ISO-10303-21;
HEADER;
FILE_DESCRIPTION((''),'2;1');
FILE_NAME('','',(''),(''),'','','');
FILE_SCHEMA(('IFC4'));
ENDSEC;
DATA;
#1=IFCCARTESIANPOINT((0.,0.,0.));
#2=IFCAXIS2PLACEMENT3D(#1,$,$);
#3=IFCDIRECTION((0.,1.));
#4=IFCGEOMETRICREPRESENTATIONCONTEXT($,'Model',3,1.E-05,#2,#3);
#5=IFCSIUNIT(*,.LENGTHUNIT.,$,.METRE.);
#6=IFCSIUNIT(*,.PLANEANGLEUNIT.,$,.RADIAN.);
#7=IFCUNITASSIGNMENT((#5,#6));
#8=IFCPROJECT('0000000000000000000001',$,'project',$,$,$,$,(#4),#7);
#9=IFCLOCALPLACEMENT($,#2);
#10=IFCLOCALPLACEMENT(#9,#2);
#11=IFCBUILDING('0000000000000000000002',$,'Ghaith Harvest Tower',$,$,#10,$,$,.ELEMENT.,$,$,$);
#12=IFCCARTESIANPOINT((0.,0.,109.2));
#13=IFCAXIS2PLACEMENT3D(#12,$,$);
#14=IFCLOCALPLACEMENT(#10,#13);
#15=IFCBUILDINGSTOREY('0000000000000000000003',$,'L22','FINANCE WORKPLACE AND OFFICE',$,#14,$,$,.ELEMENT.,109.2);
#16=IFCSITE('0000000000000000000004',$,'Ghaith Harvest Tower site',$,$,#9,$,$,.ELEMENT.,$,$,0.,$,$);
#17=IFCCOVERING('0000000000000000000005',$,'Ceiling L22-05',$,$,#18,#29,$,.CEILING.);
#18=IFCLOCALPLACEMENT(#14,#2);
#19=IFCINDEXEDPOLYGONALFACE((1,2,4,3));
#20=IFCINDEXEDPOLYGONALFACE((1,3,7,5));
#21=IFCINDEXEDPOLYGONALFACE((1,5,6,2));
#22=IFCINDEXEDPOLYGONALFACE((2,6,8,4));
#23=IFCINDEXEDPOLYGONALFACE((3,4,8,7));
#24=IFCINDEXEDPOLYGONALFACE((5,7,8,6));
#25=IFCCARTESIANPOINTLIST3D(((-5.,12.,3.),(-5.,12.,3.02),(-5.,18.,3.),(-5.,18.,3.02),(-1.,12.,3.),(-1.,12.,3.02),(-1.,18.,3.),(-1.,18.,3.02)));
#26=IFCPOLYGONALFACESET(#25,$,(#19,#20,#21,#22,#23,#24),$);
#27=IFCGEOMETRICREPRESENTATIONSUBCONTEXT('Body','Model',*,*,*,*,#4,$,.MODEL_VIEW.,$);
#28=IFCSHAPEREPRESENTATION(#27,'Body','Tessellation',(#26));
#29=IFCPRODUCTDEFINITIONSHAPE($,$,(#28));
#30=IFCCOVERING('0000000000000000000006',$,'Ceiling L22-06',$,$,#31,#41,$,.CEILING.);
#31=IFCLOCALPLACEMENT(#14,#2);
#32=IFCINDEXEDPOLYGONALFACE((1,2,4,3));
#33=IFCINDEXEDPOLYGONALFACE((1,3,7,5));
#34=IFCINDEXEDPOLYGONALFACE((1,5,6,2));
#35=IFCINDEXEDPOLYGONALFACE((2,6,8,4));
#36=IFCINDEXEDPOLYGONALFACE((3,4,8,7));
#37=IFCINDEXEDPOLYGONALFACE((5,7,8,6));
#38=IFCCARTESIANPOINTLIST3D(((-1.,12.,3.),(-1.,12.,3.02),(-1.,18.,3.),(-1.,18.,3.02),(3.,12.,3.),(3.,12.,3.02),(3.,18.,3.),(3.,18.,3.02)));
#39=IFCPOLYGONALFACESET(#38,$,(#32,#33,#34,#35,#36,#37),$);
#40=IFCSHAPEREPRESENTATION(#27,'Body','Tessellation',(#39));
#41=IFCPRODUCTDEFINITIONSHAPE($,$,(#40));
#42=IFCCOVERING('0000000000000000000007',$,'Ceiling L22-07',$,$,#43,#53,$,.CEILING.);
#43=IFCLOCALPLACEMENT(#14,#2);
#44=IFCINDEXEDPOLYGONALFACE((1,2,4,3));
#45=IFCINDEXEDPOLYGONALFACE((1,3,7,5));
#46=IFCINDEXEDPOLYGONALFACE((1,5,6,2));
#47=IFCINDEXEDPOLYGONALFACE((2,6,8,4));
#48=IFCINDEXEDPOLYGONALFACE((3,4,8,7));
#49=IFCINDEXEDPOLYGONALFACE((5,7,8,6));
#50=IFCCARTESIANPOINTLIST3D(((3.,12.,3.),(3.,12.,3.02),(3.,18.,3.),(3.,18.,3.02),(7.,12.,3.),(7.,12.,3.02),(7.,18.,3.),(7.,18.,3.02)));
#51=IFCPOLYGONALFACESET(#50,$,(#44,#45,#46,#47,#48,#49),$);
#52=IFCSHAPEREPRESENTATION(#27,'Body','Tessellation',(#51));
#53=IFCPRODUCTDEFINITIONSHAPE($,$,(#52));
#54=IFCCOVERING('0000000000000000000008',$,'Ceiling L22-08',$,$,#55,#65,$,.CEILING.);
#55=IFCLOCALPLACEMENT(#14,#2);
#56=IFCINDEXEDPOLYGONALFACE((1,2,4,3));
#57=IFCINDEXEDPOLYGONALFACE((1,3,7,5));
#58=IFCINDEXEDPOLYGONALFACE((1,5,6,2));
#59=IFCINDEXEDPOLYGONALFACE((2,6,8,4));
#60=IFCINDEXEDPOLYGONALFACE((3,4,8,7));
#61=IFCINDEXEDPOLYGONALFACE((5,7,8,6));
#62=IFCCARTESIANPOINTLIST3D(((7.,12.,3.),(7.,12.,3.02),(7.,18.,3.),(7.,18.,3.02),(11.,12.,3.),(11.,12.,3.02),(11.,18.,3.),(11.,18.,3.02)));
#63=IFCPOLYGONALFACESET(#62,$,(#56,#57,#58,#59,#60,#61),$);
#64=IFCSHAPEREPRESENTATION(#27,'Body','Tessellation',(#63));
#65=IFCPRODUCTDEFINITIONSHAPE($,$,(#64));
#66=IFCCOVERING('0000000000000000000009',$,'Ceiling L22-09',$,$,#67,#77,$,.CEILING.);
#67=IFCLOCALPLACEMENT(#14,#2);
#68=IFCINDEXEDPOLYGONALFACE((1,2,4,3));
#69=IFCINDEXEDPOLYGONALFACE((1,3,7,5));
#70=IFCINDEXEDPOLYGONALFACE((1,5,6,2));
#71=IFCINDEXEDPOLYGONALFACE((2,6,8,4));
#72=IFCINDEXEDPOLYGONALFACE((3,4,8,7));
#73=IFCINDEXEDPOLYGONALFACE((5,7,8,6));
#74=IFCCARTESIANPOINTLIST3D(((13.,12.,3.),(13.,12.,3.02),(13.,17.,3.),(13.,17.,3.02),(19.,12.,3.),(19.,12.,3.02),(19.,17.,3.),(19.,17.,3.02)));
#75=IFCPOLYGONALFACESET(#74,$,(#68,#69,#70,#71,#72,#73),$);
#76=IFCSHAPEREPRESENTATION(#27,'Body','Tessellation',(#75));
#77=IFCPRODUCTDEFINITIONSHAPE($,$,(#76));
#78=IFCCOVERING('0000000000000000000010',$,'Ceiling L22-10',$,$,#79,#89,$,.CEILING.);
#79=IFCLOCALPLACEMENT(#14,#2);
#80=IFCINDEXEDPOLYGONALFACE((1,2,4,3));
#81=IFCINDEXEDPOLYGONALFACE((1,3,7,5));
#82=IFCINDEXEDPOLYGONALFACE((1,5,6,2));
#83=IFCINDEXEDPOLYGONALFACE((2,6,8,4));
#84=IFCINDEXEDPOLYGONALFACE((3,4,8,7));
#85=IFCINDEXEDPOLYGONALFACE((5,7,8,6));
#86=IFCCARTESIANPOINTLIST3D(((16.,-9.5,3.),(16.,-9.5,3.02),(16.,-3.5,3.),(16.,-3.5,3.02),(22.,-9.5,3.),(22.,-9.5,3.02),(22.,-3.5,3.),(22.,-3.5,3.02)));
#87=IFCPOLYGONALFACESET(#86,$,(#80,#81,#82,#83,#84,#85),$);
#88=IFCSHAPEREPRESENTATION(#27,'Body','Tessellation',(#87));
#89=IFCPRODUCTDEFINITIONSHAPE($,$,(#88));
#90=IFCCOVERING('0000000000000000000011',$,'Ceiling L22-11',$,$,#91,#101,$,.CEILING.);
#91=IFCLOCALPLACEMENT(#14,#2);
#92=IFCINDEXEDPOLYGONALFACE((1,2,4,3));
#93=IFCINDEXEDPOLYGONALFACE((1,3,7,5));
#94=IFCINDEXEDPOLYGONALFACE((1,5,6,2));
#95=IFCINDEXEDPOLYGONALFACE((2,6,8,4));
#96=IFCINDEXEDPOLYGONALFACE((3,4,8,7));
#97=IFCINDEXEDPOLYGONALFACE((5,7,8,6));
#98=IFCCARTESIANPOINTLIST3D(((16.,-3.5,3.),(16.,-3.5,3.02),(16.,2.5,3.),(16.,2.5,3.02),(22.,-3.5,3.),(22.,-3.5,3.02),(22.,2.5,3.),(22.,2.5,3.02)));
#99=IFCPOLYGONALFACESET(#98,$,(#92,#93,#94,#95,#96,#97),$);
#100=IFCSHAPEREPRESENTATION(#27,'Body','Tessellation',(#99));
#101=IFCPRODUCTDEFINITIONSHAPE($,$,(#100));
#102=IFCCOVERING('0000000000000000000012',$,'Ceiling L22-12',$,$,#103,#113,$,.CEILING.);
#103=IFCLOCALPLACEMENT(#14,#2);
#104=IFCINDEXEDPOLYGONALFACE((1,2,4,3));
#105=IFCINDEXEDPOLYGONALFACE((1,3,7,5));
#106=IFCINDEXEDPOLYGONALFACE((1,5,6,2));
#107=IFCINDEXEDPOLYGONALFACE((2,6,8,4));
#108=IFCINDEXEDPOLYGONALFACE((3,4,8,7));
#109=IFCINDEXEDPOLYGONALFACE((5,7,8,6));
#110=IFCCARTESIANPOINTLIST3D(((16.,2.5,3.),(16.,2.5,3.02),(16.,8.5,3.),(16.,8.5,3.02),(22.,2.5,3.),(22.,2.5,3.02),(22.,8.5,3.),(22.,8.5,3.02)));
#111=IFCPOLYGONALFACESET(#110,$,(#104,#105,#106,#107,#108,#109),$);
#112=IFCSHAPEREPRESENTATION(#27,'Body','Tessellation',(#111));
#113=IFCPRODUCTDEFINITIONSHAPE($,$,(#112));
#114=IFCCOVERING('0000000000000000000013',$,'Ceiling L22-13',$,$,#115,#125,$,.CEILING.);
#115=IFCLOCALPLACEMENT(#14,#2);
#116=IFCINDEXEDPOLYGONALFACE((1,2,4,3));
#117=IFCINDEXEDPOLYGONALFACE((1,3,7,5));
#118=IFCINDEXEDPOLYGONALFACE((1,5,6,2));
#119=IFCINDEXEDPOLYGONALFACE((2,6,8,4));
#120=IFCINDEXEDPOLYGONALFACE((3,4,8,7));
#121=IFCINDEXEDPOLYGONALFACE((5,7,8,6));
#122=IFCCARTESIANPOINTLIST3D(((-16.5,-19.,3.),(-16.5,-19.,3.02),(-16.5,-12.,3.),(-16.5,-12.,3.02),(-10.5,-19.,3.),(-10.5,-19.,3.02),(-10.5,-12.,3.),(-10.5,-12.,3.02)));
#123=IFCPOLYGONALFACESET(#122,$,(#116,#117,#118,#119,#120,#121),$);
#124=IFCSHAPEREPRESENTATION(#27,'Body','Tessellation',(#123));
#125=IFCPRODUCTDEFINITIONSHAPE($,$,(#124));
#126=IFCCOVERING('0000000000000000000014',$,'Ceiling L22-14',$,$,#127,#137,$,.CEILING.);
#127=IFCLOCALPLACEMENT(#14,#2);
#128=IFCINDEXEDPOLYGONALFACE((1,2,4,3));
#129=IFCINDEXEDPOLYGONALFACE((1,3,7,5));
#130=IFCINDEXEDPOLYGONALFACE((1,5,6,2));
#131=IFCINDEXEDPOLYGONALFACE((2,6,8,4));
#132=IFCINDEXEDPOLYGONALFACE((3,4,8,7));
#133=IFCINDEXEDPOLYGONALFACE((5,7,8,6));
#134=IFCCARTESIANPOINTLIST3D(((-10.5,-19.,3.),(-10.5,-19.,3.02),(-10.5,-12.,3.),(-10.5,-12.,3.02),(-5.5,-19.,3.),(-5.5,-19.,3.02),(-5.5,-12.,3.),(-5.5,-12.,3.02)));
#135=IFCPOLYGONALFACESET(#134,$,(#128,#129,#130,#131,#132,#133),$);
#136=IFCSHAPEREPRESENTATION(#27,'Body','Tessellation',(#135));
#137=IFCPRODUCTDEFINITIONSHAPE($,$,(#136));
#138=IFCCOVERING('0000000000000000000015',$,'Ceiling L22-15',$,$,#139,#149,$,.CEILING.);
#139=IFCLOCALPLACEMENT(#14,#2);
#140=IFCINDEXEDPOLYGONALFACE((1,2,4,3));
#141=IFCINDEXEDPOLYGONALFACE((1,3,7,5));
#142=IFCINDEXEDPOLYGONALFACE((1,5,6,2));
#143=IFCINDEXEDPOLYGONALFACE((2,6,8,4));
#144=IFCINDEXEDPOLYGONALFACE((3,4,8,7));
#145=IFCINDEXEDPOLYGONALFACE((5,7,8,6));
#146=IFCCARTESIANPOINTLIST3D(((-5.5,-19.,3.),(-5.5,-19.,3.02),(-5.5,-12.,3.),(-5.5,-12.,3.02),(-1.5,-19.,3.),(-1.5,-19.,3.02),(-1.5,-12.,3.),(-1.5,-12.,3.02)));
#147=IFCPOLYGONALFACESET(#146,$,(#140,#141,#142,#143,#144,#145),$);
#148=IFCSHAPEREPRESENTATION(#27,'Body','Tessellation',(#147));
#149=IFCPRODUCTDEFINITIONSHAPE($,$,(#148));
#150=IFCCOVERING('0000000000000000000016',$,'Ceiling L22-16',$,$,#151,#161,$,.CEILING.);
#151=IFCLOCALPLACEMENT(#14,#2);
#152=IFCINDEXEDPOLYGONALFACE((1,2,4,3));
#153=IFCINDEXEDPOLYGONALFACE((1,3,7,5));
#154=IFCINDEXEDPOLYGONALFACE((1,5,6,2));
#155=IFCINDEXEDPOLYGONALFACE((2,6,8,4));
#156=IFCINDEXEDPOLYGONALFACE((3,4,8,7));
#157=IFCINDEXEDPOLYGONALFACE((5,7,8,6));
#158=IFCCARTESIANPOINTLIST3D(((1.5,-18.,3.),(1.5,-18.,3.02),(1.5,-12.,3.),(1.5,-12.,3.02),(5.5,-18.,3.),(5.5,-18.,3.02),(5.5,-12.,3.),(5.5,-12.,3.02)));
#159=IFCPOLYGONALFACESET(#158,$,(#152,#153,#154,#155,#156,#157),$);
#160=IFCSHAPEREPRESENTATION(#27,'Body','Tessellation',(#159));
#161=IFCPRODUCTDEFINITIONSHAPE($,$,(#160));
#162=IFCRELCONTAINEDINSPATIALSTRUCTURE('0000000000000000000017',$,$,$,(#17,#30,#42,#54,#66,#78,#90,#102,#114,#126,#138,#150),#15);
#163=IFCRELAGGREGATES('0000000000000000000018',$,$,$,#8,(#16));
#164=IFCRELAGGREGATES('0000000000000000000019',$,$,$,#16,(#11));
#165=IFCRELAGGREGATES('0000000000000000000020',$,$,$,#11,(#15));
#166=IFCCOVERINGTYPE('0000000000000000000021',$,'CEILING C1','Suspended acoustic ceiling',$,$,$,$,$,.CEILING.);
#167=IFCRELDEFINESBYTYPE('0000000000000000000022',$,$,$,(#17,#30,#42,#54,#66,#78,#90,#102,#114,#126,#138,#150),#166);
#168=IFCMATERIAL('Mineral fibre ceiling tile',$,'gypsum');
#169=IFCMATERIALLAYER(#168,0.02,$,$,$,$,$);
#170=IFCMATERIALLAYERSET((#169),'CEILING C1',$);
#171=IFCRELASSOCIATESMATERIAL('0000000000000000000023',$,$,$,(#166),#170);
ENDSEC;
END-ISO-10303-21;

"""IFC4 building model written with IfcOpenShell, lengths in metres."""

from ifc_helpers import new_model, si_unit, direction, frame, origin, place, context, subcontext, project, spatial, polyline, outline, extrude, material, layer, layer_set, type_object, element, save


model = new_model("IFC4")

# Units and contexts
model_context = context("Model", 3, precision=1e-05, world=origin(), true_north=direction((0.0, 1.0)))
body_context = subcontext(model_context, "Body", "Model", "MODEL_VIEW")
ifc_project = project(units=[si_unit("LENGTHUNIT", "METRE"), si_unit("PLANEANGLEUNIT", "RADIAN")], contexts=[model_context])

# Site, building, storey
site_placement = place(None, origin())
site = spatial("IfcSite", under=ifc_project, at=site_placement, Name="Ghaith Harvest Tower site", CompositionType="ELEMENT", RefElevation=0.0)
building_placement = place(site_placement, origin())
building = spatial("IfcBuilding", under=site, at=building_placement, Name="Ghaith Harvest Tower", CompositionType="ELEMENT")
storey_placement = place(building_placement, frame((0.0, 0.0, 109.2)))
storey = spatial("IfcBuildingStorey", under=building, at=storey_placement, Name="L22", Description="FINANCE WORKPLACE AND OFFICE", CompositionType="ELEMENT", Elevation=109.2)

# Coverings
ifc_material_1 = material(Name="Mineral fibre ceiling tile", Category="gypsum")
ifc_layer_1 = layer(ifc_material_1, 0.02)
ifc_layer_set_1 = layer_set([ifc_layer_1], Name="CEILING C1")
covering_type = type_object("IfcCoveringType", Name="CEILING C1", Description="Suspended acoustic ceiling", PredefinedType="CEILING", material=ifc_layer_set_1)
covering_1_placement = place(storey_placement, frame((0.0, 0.0, 3.0)))
element("IfcCovering", 1, at=covering_1_placement, inside=storey, type_object=covering_type, Name="Ceiling L22-05", PredefinedType="CEILING", context=body_context, shape_type="SweptSolid", body=[
    extrude(outline(polyline([(-5.0, 12.0), (-1.0, 12.0), (-1.0, 18.0), (-5.0, 18.0), (-5.0, 12.0)])), origin(), (0.0, 0.0, 1.0), 0.02),
])
covering_2_placement = place(storey_placement, frame((0.0, 0.0, 3.0)))
element("IfcCovering", 2, at=covering_2_placement, inside=storey, type_object=covering_type, Name="Ceiling L22-06", PredefinedType="CEILING", context=body_context, shape_type="SweptSolid", body=[
    extrude(outline(polyline([(-1.0, 12.0), (3.0, 12.0), (3.0, 18.0), (-1.0, 18.0), (-1.0, 12.0)])), origin(), (0.0, 0.0, 1.0), 0.02),
])
covering_3_placement = place(storey_placement, frame((0.0, 0.0, 3.0)))
element("IfcCovering", 3, at=covering_3_placement, inside=storey, type_object=covering_type, Name="Ceiling L22-07", PredefinedType="CEILING", context=body_context, shape_type="SweptSolid", body=[
    extrude(outline(polyline([(3.0, 12.0), (7.0, 12.0), (7.0, 18.0), (3.0, 18.0), (3.0, 12.0)])), origin(), (0.0, 0.0, 1.0), 0.02),
])
covering_4_placement = place(storey_placement, frame((0.0, 0.0, 3.0)))
element("IfcCovering", 4, at=covering_4_placement, inside=storey, type_object=covering_type, Name="Ceiling L22-08", PredefinedType="CEILING", context=body_context, shape_type="SweptSolid", body=[
    extrude(outline(polyline([(7.0, 12.0), (11.0, 12.0), (11.0, 18.0), (7.0, 18.0), (7.0, 12.0)])), origin(), (0.0, 0.0, 1.0), 0.02),
])
covering_5_placement = place(storey_placement, frame((0.0, 0.0, 3.0)))
element("IfcCovering", 5, at=covering_5_placement, inside=storey, type_object=covering_type, Name="Ceiling L22-09", PredefinedType="CEILING", context=body_context, shape_type="SweptSolid", body=[
    extrude(outline(polyline([(13.0, 12.0), (19.0, 12.0), (19.0, 17.0), (13.0, 17.0), (13.0, 12.0)])), origin(), (0.0, 0.0, 1.0), 0.02),
])
covering_6_placement = place(storey_placement, frame((0.0, 0.0, 3.0)))
element("IfcCovering", 6, at=covering_6_placement, inside=storey, type_object=covering_type, Name="Ceiling L22-10", PredefinedType="CEILING", context=body_context, shape_type="SweptSolid", body=[
    extrude(outline(polyline([(16.0, -9.5), (22.0, -9.5), (22.0, -3.5), (16.0, -3.5), (16.0, -9.5)])), origin(), (0.0, 0.0, 1.0), 0.02),
])
covering_7_placement = place(storey_placement, frame((0.0, 0.0, 3.0)))
element("IfcCovering", 7, at=covering_7_placement, inside=storey, type_object=covering_type, Name="Ceiling L22-11", PredefinedType="CEILING", context=body_context, shape_type="SweptSolid", body=[
    extrude(outline(polyline([(16.0, -3.5), (22.0, -3.5), (22.0, 2.5), (16.0, 2.5), (16.0, -3.5)])), origin(), (0.0, 0.0, 1.0), 0.02),
])
covering_8_placement = place(storey_placement, frame((0.0, 0.0, 3.0)))
element("IfcCovering", 8, at=covering_8_placement, inside=storey, type_object=covering_type, Name="Ceiling L22-12", PredefinedType="CEILING", context=body_context, shape_type="SweptSolid", body=[
    extrude(outline(polyline([(16.0, 2.5), (22.0, 2.5), (22.0, 8.5), (16.0, 8.5), (16.0, 2.5)])), origin(), (0.0, 0.0, 1.0), 0.02),
])
covering_9_placement = place(storey_placement, frame((0.0, 0.0, 3.0)))
element("IfcCovering", 9, at=covering_9_placement, inside=storey, type_object=covering_type, Name="Ceiling L22-13", PredefinedType="CEILING", context=body_context, shape_type="SweptSolid", body=[
    extrude(outline(polyline([(-16.5, -19.0), (-10.5, -19.0), (-10.5, -12.0), (-16.5, -12.0), (-16.5, -19.0)])), origin(), (0.0, 0.0, 1.0), 0.02),
])
covering_10_placement = place(storey_placement, frame((0.0, 0.0, 3.0)))
element("IfcCovering", 10, at=covering_10_placement, inside=storey, type_object=covering_type, Name="Ceiling L22-14", PredefinedType="CEILING", context=body_context, shape_type="SweptSolid", body=[
    extrude(outline(polyline([(-10.5, -19.0), (-5.5, -19.0), (-5.5, -12.0), (-10.5, -12.0), (-10.5, -19.0)])), origin(), (0.0, 0.0, 1.0), 0.02),
])
covering_11_placement = place(storey_placement, frame((0.0, 0.0, 3.0)))
element("IfcCovering", 11, at=covering_11_placement, inside=storey, type_object=covering_type, Name="Ceiling L22-15", PredefinedType="CEILING", context=body_context, shape_type="SweptSolid", body=[
    extrude(outline(polyline([(-5.5, -19.0), (-1.5, -19.0), (-1.5, -12.0), (-5.5, -12.0), (-5.5, -19.0)])), origin(), (0.0, 0.0, 1.0), 0.02),
])
covering_12_placement = place(storey_placement, frame((0.0, 0.0, 3.0)))
element("IfcCovering", 12, at=covering_12_placement, inside=storey, type_object=covering_type, Name="Ceiling L22-16", PredefinedType="CEILING", context=body_context, shape_type="SweptSolid", body=[
    extrude(outline(polyline([(1.5, -18.0), (5.5, -18.0), (5.5, -12.0), (1.5, -12.0), (1.5, -18.0)])), origin(), (0.0, 0.0, 1.0), 0.02),
])

save(model, "model.ifc")
